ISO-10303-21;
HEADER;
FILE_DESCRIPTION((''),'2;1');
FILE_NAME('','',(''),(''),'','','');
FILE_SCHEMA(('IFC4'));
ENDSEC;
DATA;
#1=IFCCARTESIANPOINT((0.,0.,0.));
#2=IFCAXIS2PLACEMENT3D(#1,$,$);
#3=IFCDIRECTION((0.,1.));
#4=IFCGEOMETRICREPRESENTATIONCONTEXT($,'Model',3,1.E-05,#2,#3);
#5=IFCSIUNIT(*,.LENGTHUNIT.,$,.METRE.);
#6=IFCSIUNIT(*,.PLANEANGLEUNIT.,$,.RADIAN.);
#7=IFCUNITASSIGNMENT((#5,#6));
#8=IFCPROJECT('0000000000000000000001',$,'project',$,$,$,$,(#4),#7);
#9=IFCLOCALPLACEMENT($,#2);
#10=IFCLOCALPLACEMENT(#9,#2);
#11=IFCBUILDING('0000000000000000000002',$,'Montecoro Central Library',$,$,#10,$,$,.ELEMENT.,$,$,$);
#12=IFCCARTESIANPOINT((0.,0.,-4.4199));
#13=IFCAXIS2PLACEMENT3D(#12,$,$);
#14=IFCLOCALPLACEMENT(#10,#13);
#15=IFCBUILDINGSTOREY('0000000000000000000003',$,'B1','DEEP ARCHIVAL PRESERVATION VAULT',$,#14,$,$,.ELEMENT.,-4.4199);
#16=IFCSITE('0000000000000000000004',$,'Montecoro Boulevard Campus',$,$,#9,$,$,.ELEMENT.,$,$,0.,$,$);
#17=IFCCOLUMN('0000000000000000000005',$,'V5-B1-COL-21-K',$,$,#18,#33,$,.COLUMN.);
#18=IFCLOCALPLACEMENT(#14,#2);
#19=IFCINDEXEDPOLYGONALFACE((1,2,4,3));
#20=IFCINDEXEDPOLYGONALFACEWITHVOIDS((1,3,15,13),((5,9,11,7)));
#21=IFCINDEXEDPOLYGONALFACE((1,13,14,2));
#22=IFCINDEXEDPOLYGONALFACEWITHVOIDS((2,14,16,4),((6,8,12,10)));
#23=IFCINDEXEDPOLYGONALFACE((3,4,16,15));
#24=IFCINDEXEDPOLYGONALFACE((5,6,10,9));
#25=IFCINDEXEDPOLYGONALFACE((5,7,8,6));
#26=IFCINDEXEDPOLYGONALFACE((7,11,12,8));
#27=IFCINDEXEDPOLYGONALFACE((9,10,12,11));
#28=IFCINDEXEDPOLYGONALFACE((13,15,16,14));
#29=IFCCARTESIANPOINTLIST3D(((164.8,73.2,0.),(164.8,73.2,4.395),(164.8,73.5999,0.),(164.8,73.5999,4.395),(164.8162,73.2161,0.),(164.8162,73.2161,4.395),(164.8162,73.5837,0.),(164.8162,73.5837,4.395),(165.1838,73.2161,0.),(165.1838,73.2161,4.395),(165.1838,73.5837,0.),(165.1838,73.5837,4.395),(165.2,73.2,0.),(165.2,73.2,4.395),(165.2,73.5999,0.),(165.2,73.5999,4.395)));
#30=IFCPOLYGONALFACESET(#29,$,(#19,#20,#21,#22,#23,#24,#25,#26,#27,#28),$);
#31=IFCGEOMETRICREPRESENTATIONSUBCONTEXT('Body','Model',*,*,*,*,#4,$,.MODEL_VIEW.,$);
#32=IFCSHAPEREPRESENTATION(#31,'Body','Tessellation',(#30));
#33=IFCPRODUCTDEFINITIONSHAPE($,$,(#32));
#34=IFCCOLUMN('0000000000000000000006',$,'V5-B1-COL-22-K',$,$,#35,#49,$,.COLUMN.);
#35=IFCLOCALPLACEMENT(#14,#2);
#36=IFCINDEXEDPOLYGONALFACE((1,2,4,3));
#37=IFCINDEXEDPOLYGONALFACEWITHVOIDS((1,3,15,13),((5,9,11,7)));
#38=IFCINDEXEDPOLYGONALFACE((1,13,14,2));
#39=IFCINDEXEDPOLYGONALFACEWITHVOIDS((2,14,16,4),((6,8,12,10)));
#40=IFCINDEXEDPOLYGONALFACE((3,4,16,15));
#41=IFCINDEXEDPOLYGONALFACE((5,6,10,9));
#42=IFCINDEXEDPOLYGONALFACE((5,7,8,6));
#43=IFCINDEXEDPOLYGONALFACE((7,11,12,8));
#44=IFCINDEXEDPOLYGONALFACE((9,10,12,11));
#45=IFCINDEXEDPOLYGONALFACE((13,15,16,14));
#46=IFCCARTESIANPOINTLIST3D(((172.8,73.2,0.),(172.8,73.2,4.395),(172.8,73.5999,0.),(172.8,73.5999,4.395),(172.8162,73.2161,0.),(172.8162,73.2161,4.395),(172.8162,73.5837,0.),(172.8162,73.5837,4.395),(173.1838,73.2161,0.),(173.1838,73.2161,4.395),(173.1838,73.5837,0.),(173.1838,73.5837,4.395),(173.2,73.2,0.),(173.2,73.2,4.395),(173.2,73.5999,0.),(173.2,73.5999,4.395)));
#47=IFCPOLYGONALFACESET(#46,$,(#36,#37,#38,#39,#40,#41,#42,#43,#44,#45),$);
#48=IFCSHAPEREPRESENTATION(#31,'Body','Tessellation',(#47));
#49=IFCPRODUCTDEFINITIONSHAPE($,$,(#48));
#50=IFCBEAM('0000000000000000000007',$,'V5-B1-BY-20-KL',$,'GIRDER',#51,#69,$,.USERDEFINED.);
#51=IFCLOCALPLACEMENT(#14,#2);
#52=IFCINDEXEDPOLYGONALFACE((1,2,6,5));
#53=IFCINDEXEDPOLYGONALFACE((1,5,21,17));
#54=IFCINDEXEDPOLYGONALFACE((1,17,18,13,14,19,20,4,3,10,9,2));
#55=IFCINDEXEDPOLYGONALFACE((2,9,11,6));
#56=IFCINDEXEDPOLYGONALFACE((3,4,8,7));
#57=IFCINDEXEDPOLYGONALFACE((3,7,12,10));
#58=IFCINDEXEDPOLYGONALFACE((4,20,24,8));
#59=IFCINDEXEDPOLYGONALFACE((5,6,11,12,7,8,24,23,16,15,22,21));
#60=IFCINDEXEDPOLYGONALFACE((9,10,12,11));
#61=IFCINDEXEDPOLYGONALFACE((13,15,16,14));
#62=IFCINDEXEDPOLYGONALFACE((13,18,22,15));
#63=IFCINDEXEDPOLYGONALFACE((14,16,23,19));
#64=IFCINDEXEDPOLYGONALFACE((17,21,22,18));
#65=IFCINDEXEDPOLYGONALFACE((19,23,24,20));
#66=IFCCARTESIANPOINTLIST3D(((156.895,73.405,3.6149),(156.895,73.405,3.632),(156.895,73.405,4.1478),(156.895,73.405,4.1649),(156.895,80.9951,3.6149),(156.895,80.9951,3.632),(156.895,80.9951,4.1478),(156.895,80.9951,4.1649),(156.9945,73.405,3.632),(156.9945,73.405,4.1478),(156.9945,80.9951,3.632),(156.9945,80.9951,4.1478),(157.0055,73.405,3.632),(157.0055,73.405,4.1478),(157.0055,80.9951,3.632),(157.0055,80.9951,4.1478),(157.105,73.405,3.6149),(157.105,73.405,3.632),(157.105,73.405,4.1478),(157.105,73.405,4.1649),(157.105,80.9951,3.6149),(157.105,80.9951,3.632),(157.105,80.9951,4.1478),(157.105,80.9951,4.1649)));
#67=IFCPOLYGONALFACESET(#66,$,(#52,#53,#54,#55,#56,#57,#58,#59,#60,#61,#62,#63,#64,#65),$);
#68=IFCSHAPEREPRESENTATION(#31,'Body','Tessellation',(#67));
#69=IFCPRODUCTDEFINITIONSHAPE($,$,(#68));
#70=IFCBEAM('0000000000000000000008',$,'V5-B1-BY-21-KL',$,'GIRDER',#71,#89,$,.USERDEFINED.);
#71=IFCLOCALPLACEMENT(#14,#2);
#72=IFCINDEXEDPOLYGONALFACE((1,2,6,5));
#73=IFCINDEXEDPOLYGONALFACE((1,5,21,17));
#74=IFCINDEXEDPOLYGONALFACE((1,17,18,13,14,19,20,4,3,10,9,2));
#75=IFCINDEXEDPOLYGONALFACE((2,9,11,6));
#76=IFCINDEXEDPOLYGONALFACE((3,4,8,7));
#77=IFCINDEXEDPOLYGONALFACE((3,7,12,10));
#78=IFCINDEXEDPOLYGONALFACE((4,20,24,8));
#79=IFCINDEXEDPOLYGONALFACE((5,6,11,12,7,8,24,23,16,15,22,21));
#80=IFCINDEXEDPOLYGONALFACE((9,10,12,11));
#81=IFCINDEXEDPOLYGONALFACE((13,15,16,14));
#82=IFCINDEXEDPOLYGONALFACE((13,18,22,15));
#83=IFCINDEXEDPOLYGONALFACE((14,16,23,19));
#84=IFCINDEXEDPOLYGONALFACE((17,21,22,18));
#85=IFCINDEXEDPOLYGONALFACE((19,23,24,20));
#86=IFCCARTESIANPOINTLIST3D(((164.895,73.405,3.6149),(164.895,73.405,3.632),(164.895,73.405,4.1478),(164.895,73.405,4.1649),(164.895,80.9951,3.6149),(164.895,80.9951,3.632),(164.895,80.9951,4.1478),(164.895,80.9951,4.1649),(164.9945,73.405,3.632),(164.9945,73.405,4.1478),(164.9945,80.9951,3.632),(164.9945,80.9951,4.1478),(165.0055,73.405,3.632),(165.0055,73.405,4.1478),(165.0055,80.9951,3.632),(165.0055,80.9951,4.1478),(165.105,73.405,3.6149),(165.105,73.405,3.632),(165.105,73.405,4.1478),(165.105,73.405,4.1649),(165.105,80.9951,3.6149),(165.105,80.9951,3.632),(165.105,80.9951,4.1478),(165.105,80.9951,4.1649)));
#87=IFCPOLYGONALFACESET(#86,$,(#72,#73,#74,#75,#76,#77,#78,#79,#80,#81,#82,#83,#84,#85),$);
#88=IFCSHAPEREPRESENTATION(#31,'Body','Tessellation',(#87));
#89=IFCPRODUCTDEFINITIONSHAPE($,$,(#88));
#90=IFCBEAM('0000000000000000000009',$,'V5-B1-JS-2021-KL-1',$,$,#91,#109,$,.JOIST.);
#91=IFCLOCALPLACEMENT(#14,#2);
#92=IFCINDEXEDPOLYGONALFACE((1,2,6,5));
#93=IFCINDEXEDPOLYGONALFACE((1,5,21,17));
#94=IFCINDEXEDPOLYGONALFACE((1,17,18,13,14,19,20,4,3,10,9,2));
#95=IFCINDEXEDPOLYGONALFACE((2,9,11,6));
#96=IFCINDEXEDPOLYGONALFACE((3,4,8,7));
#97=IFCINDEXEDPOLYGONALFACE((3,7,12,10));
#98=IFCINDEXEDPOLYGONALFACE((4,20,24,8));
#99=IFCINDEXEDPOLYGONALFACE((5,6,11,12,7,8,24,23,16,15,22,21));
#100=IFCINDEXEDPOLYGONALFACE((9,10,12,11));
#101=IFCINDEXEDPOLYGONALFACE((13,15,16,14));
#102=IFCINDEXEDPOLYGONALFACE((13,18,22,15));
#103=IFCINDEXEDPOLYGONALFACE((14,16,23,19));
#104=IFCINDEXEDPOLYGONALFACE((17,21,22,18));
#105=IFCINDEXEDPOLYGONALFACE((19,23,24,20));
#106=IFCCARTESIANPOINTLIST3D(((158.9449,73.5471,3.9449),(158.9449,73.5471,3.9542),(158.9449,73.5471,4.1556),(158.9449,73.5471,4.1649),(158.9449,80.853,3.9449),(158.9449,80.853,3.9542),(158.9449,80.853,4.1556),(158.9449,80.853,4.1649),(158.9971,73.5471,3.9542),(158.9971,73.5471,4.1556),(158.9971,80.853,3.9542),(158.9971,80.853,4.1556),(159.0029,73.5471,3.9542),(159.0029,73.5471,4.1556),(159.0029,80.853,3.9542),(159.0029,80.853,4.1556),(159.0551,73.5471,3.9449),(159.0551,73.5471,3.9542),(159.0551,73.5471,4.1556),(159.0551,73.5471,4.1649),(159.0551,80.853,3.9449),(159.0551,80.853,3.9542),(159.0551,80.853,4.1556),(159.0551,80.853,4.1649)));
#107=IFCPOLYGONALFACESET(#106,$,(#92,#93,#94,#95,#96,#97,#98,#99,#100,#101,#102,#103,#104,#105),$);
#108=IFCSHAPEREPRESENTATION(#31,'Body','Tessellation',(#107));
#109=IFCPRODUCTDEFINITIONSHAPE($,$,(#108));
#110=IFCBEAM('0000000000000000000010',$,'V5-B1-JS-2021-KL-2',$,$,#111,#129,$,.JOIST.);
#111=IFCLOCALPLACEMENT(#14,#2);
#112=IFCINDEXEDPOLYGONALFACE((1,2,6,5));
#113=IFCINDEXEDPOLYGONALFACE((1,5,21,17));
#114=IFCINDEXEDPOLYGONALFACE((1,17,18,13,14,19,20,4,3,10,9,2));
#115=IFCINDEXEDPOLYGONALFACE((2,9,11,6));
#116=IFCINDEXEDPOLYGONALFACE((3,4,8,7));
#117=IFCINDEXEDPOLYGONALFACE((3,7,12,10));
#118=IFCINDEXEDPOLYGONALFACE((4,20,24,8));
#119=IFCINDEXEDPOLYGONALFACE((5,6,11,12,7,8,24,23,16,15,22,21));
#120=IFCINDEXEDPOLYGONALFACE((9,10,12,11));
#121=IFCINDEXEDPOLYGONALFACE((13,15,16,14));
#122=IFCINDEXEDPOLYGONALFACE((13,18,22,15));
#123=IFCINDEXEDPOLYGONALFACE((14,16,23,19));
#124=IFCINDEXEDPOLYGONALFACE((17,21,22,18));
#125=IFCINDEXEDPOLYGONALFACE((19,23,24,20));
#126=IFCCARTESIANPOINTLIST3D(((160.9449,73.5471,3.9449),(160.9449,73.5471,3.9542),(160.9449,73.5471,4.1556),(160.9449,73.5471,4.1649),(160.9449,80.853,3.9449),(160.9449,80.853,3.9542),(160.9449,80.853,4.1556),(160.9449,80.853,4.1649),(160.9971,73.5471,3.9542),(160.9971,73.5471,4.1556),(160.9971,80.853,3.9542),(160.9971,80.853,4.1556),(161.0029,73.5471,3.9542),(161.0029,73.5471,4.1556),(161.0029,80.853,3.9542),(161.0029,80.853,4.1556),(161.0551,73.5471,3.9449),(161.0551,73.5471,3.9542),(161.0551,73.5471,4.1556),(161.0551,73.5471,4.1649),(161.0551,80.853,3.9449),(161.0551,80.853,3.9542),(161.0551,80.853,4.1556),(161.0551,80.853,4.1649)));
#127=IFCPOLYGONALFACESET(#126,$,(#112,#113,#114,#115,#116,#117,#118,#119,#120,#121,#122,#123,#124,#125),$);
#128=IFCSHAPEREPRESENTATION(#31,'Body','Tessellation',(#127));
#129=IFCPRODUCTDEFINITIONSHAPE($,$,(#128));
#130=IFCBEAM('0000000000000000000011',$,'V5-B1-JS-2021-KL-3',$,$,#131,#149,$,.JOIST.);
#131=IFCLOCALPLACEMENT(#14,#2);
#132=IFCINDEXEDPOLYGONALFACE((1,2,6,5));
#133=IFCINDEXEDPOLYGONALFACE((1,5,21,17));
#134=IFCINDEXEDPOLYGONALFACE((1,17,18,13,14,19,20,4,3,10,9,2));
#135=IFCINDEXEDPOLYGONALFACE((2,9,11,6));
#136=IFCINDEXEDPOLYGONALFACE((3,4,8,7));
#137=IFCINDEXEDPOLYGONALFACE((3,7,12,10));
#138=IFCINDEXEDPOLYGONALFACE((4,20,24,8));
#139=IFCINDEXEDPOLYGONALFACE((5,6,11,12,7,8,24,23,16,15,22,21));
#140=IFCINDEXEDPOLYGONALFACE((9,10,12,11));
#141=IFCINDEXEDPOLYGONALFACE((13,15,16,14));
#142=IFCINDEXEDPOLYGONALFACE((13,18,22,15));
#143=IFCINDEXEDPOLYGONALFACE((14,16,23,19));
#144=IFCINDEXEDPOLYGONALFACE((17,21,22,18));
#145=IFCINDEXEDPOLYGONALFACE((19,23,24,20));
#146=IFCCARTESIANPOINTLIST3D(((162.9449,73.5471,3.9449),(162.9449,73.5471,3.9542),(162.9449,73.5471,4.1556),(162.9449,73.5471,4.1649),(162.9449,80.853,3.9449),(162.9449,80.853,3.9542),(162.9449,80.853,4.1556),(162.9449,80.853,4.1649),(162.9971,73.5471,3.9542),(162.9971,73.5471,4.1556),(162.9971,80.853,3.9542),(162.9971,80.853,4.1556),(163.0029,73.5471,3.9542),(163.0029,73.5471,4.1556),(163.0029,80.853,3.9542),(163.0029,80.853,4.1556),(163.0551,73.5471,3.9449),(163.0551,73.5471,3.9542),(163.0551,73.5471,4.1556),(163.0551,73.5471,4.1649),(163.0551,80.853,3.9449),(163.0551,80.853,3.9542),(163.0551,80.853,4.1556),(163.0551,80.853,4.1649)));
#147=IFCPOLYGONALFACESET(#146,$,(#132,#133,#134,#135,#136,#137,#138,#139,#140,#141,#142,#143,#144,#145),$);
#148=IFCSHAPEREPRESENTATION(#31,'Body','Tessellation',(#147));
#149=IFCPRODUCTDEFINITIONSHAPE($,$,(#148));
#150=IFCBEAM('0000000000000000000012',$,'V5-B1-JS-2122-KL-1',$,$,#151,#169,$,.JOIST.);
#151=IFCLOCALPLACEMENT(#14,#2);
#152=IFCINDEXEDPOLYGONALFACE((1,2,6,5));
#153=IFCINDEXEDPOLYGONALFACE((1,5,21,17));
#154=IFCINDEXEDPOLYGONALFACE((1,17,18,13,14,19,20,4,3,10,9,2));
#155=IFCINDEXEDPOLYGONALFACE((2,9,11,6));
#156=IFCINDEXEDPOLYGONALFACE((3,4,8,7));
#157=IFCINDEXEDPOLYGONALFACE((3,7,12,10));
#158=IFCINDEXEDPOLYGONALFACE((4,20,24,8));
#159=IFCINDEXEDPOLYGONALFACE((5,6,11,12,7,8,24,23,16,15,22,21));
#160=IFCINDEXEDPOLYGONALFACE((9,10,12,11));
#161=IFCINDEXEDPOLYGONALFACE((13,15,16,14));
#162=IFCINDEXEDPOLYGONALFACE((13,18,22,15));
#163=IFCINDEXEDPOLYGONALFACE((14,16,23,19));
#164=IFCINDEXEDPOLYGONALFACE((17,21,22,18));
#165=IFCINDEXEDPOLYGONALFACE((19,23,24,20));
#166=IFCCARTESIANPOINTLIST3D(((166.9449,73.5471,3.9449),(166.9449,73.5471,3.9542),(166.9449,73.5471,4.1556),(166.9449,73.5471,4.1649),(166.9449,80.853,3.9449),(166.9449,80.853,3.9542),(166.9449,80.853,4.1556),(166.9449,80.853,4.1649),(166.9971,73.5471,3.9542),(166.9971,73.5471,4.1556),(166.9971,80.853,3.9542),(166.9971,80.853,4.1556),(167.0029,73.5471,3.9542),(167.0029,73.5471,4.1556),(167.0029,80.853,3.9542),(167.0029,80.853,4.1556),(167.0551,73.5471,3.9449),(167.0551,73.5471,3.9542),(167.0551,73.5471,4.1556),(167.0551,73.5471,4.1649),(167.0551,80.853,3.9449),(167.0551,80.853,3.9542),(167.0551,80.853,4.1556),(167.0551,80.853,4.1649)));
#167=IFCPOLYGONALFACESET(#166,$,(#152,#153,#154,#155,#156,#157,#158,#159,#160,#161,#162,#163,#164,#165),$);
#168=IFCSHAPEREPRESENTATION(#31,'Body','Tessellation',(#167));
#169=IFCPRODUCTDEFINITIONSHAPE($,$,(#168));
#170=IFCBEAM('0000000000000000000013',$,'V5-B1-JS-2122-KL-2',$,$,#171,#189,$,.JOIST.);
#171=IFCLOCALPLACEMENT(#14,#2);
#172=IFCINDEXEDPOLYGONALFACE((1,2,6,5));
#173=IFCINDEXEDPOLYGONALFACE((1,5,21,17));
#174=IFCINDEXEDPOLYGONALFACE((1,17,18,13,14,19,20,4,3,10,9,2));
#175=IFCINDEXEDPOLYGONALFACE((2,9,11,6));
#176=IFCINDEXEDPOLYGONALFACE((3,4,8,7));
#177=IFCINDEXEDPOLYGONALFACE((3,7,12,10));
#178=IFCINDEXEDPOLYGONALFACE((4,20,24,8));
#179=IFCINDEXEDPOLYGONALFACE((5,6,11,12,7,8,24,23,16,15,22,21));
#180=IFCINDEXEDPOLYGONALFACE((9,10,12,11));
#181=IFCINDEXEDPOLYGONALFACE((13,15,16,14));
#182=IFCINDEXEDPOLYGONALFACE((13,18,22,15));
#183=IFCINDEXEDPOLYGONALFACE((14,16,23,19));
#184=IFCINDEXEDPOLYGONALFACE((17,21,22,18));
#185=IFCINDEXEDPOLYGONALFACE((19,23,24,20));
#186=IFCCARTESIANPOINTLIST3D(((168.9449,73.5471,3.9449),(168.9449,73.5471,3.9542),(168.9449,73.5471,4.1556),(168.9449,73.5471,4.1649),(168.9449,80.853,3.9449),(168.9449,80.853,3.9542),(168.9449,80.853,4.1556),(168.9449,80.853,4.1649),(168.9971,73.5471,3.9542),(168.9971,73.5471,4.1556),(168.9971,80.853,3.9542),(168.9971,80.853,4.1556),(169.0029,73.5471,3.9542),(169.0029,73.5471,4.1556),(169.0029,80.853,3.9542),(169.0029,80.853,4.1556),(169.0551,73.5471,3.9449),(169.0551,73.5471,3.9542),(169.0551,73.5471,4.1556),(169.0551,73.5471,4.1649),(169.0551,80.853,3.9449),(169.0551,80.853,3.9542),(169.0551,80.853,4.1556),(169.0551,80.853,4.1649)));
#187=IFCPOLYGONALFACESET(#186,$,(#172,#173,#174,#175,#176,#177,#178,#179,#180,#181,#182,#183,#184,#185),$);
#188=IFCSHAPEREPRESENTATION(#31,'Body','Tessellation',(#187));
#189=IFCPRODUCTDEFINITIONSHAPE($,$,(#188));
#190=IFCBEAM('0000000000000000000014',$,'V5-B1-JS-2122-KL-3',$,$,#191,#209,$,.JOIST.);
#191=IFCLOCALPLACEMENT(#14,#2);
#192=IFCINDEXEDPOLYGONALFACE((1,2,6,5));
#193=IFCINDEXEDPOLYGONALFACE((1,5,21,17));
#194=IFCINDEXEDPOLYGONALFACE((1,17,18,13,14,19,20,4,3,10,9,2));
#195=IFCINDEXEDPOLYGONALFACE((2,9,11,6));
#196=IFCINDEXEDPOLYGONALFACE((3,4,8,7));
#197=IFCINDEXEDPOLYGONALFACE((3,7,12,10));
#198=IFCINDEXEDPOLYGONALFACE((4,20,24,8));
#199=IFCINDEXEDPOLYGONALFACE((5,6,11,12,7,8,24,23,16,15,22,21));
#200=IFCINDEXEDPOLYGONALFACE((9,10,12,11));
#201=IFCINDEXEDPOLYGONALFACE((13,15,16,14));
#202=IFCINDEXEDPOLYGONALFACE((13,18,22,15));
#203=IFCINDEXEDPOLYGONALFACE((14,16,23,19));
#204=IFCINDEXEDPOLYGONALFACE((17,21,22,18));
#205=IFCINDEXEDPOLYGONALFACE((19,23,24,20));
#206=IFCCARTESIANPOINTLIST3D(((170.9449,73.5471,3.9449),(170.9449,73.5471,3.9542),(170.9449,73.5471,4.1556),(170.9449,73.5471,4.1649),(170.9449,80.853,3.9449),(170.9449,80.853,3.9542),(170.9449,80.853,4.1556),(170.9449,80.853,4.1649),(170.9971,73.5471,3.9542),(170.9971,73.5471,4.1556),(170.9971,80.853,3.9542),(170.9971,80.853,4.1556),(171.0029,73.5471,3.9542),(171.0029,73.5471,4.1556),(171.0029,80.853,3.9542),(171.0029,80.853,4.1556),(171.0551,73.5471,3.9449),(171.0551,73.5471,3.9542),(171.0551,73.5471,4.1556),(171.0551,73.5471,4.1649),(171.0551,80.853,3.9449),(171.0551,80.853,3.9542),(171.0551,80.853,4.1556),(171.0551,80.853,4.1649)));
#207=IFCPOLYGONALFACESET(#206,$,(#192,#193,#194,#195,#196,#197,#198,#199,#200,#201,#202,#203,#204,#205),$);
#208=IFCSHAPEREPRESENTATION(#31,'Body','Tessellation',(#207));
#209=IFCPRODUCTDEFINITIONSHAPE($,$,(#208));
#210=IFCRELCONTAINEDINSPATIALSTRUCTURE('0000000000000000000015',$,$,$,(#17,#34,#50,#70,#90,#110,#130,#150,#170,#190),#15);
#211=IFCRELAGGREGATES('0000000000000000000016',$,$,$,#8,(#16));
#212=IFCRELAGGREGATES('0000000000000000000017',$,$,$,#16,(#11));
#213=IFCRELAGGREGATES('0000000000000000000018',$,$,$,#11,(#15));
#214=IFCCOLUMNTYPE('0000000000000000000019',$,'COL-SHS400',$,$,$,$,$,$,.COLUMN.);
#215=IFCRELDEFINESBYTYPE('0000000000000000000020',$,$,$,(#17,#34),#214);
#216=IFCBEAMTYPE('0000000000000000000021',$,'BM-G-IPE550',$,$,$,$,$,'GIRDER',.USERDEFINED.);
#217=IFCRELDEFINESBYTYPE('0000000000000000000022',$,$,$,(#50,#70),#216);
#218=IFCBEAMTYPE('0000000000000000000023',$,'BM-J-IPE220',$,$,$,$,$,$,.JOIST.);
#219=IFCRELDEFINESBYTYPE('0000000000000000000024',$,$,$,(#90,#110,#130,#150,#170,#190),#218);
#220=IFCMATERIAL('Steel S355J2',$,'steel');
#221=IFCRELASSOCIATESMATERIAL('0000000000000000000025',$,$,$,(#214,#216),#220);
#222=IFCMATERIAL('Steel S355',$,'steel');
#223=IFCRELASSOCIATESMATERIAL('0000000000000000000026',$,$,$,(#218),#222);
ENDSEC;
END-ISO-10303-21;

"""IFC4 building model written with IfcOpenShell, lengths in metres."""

from ifc_helpers import new_model, si_unit, direction, frame, origin, origin_2d, place, context, subcontext, project, spatial, hollow_rectangle, i_section, extrude, material, material_profile, profile_set, type_object, element, save


model = new_model("IFC4")

# Units and contexts
model_context = context("Model", 3, precision=1e-05, world=origin(), true_north=direction((0.0, 1.0)))
body_context = subcontext(model_context, "Body", "Model", "MODEL_VIEW")
ifc_project = project(units=[si_unit("LENGTHUNIT", "METRE"), si_unit("PLANEANGLEUNIT", "RADIAN")], contexts=[model_context])

# Site, building, storey
site_placement = place(None, origin())
site = spatial("IfcSite", under=ifc_project, at=site_placement, Name="Montecoro Boulevard Campus", CompositionType="ELEMENT", RefElevation=0.0)
building_placement = place(site_placement, origin())
building = spatial("IfcBuilding", under=site, at=building_placement, Name="Montecoro Central Library", CompositionType="ELEMENT")
storey_placement = place(building_placement, frame((0.0, 0.0, -4.4199)))
storey = spatial("IfcBuildingStorey", under=building, at=storey_placement, Name="B1", Description="DEEP ARCHIVAL PRESERVATION VAULT", CompositionType="ELEMENT", Elevation=-4.4199)

# Columns
ifc_material_1 = material(Name="Steel S355J2", Category="steel")
ifc_material_profile_1 = material_profile(ifc_material_1, hollow_rectangle(XDim=0.3999, YDim=0.3999, WallThickness=0.0161, at=origin_2d()), Name="SHS 400x400x16.0")
ifc_profile_set_1 = profile_set([ifc_material_profile_1], Name="Steel S355J2")
column_type = type_object("IfcColumnType", Name="COL-SHS400", PredefinedType="COLUMN", material=ifc_profile_set_1)
for number, where, z_axis, x_axis, name in (
    (1, (165.0, 73.3999, 0.0), (0.0, 0.0, 1.0), (1.0, 0.0, 0.0), "V5-B1-COL-21-K"),
    (2, (173.0, 73.3999, 0.0), (0.0, 0.0, 1.0), (1.0, 0.0, 0.0), "V5-B1-COL-22-K"),
):
    element("IfcColumn", number, at=place(storey_placement, frame(where, z_axis=z_axis, x_axis=x_axis)), inside=storey, type_object=column_type, Name=name, PredefinedType="COLUMN", context=body_context, shape_type="SweptSolid", body=[
        extrude(hollow_rectangle(XDim=0.3999, YDim=0.3999, WallThickness=0.0161, at=origin_2d()), origin(), (0.0, 0.0, 1.0), 4.395),
    ])

# Beams
ifc_material_profile_2 = material_profile(ifc_material_1, i_section(OverallWidth=0.21, OverallDepth=0.55, WebThickness=0.011, FlangeThickness=0.0171, at=origin_2d()), Name="IPE 550")
ifc_profile_set_2 = profile_set([ifc_material_profile_2], Name="Steel S355J2")
beam_type_1 = type_object("IfcBeamType", Name="BM-G-IPE550", ElementType="GIRDER", PredefinedType="USERDEFINED", material=ifc_profile_set_2)
for number, where, z_axis, x_axis, name in (
    (3, (157.0, 73.405, 3.8899), (0.0, 1.0, 0.0), (-1.0, 0.0, 0.0), "V5-B1-BY-20-KL"),
    (4, (165.0, 73.405, 3.8899), (0.0, 1.0, 0.0), (-1.0, 0.0, 0.0), "V5-B1-BY-21-KL"),
):
    element("IfcBeam", number, at=place(storey_placement, frame(where, z_axis=z_axis, x_axis=x_axis)), inside=storey, type_object=beam_type_1, Name=name, ObjectType="GIRDER", PredefinedType="USERDEFINED", context=body_context, shape_type="SweptSolid", body=[
        extrude(i_section(OverallWidth=0.21, OverallDepth=0.55, WebThickness=0.011, FlangeThickness=0.0171, at=origin_2d()), origin(), (0.0, 0.0, 1.0), 7.5901),
    ])
ifc_material_2 = material(Name="Steel S355", Category="steel")
ifc_material_profile_3 = material_profile(ifc_material_2, i_section(OverallWidth=0.1101, OverallDepth=0.22, WebThickness=0.0059, FlangeThickness=0.0093, at=origin_2d()), Name="IPE 220")
ifc_profile_set_3 = profile_set([ifc_material_profile_3], Name="Steel S355")
beam_type_2 = type_object("IfcBeamType", Name="BM-J-IPE220", PredefinedType="JOIST", material=ifc_profile_set_3)
for number, where, z_axis, x_axis, name in (
    (5, (159.0, 73.5471, 4.0549), (0.0, 1.0, 0.0), (-1.0, 0.0, 0.0), "V5-B1-JS-2021-KL-1"),
    (6, (161.0, 73.5471, 4.0549), (0.0, 1.0, 0.0), (-1.0, 0.0, 0.0), "V5-B1-JS-2021-KL-2"),
    (7, (163.0, 73.5471, 4.0549), (0.0, 1.0, 0.0), (-1.0, 0.0, 0.0), "V5-B1-JS-2021-KL-3"),
    (8, (167.0, 73.5471, 4.0549), (0.0, 1.0, 0.0), (-1.0, 0.0, 0.0), "V5-B1-JS-2122-KL-1"),
    (9, (169.0, 73.5471, 4.0549), (0.0, 1.0, 0.0), (-1.0, 0.0, 0.0), "V5-B1-JS-2122-KL-2"),
    (10, (171.0, 73.5471, 4.0549), (0.0, 1.0, 0.0), (-1.0, 0.0, 0.0), "V5-B1-JS-2122-KL-3"),
):
    element("IfcBeam", number, at=place(storey_placement, frame(where, z_axis=z_axis, x_axis=x_axis)), inside=storey, type_object=beam_type_2, Name=name, PredefinedType="JOIST", context=body_context, shape_type="SweptSolid", body=[
        extrude(i_section(OverallWidth=0.1101, OverallDepth=0.22, WebThickness=0.0059, FlangeThickness=0.0093, at=origin_2d()), origin(), (0.0, 0.0, 1.0), 7.3059),
    ])

save(model, "model.ifc")
